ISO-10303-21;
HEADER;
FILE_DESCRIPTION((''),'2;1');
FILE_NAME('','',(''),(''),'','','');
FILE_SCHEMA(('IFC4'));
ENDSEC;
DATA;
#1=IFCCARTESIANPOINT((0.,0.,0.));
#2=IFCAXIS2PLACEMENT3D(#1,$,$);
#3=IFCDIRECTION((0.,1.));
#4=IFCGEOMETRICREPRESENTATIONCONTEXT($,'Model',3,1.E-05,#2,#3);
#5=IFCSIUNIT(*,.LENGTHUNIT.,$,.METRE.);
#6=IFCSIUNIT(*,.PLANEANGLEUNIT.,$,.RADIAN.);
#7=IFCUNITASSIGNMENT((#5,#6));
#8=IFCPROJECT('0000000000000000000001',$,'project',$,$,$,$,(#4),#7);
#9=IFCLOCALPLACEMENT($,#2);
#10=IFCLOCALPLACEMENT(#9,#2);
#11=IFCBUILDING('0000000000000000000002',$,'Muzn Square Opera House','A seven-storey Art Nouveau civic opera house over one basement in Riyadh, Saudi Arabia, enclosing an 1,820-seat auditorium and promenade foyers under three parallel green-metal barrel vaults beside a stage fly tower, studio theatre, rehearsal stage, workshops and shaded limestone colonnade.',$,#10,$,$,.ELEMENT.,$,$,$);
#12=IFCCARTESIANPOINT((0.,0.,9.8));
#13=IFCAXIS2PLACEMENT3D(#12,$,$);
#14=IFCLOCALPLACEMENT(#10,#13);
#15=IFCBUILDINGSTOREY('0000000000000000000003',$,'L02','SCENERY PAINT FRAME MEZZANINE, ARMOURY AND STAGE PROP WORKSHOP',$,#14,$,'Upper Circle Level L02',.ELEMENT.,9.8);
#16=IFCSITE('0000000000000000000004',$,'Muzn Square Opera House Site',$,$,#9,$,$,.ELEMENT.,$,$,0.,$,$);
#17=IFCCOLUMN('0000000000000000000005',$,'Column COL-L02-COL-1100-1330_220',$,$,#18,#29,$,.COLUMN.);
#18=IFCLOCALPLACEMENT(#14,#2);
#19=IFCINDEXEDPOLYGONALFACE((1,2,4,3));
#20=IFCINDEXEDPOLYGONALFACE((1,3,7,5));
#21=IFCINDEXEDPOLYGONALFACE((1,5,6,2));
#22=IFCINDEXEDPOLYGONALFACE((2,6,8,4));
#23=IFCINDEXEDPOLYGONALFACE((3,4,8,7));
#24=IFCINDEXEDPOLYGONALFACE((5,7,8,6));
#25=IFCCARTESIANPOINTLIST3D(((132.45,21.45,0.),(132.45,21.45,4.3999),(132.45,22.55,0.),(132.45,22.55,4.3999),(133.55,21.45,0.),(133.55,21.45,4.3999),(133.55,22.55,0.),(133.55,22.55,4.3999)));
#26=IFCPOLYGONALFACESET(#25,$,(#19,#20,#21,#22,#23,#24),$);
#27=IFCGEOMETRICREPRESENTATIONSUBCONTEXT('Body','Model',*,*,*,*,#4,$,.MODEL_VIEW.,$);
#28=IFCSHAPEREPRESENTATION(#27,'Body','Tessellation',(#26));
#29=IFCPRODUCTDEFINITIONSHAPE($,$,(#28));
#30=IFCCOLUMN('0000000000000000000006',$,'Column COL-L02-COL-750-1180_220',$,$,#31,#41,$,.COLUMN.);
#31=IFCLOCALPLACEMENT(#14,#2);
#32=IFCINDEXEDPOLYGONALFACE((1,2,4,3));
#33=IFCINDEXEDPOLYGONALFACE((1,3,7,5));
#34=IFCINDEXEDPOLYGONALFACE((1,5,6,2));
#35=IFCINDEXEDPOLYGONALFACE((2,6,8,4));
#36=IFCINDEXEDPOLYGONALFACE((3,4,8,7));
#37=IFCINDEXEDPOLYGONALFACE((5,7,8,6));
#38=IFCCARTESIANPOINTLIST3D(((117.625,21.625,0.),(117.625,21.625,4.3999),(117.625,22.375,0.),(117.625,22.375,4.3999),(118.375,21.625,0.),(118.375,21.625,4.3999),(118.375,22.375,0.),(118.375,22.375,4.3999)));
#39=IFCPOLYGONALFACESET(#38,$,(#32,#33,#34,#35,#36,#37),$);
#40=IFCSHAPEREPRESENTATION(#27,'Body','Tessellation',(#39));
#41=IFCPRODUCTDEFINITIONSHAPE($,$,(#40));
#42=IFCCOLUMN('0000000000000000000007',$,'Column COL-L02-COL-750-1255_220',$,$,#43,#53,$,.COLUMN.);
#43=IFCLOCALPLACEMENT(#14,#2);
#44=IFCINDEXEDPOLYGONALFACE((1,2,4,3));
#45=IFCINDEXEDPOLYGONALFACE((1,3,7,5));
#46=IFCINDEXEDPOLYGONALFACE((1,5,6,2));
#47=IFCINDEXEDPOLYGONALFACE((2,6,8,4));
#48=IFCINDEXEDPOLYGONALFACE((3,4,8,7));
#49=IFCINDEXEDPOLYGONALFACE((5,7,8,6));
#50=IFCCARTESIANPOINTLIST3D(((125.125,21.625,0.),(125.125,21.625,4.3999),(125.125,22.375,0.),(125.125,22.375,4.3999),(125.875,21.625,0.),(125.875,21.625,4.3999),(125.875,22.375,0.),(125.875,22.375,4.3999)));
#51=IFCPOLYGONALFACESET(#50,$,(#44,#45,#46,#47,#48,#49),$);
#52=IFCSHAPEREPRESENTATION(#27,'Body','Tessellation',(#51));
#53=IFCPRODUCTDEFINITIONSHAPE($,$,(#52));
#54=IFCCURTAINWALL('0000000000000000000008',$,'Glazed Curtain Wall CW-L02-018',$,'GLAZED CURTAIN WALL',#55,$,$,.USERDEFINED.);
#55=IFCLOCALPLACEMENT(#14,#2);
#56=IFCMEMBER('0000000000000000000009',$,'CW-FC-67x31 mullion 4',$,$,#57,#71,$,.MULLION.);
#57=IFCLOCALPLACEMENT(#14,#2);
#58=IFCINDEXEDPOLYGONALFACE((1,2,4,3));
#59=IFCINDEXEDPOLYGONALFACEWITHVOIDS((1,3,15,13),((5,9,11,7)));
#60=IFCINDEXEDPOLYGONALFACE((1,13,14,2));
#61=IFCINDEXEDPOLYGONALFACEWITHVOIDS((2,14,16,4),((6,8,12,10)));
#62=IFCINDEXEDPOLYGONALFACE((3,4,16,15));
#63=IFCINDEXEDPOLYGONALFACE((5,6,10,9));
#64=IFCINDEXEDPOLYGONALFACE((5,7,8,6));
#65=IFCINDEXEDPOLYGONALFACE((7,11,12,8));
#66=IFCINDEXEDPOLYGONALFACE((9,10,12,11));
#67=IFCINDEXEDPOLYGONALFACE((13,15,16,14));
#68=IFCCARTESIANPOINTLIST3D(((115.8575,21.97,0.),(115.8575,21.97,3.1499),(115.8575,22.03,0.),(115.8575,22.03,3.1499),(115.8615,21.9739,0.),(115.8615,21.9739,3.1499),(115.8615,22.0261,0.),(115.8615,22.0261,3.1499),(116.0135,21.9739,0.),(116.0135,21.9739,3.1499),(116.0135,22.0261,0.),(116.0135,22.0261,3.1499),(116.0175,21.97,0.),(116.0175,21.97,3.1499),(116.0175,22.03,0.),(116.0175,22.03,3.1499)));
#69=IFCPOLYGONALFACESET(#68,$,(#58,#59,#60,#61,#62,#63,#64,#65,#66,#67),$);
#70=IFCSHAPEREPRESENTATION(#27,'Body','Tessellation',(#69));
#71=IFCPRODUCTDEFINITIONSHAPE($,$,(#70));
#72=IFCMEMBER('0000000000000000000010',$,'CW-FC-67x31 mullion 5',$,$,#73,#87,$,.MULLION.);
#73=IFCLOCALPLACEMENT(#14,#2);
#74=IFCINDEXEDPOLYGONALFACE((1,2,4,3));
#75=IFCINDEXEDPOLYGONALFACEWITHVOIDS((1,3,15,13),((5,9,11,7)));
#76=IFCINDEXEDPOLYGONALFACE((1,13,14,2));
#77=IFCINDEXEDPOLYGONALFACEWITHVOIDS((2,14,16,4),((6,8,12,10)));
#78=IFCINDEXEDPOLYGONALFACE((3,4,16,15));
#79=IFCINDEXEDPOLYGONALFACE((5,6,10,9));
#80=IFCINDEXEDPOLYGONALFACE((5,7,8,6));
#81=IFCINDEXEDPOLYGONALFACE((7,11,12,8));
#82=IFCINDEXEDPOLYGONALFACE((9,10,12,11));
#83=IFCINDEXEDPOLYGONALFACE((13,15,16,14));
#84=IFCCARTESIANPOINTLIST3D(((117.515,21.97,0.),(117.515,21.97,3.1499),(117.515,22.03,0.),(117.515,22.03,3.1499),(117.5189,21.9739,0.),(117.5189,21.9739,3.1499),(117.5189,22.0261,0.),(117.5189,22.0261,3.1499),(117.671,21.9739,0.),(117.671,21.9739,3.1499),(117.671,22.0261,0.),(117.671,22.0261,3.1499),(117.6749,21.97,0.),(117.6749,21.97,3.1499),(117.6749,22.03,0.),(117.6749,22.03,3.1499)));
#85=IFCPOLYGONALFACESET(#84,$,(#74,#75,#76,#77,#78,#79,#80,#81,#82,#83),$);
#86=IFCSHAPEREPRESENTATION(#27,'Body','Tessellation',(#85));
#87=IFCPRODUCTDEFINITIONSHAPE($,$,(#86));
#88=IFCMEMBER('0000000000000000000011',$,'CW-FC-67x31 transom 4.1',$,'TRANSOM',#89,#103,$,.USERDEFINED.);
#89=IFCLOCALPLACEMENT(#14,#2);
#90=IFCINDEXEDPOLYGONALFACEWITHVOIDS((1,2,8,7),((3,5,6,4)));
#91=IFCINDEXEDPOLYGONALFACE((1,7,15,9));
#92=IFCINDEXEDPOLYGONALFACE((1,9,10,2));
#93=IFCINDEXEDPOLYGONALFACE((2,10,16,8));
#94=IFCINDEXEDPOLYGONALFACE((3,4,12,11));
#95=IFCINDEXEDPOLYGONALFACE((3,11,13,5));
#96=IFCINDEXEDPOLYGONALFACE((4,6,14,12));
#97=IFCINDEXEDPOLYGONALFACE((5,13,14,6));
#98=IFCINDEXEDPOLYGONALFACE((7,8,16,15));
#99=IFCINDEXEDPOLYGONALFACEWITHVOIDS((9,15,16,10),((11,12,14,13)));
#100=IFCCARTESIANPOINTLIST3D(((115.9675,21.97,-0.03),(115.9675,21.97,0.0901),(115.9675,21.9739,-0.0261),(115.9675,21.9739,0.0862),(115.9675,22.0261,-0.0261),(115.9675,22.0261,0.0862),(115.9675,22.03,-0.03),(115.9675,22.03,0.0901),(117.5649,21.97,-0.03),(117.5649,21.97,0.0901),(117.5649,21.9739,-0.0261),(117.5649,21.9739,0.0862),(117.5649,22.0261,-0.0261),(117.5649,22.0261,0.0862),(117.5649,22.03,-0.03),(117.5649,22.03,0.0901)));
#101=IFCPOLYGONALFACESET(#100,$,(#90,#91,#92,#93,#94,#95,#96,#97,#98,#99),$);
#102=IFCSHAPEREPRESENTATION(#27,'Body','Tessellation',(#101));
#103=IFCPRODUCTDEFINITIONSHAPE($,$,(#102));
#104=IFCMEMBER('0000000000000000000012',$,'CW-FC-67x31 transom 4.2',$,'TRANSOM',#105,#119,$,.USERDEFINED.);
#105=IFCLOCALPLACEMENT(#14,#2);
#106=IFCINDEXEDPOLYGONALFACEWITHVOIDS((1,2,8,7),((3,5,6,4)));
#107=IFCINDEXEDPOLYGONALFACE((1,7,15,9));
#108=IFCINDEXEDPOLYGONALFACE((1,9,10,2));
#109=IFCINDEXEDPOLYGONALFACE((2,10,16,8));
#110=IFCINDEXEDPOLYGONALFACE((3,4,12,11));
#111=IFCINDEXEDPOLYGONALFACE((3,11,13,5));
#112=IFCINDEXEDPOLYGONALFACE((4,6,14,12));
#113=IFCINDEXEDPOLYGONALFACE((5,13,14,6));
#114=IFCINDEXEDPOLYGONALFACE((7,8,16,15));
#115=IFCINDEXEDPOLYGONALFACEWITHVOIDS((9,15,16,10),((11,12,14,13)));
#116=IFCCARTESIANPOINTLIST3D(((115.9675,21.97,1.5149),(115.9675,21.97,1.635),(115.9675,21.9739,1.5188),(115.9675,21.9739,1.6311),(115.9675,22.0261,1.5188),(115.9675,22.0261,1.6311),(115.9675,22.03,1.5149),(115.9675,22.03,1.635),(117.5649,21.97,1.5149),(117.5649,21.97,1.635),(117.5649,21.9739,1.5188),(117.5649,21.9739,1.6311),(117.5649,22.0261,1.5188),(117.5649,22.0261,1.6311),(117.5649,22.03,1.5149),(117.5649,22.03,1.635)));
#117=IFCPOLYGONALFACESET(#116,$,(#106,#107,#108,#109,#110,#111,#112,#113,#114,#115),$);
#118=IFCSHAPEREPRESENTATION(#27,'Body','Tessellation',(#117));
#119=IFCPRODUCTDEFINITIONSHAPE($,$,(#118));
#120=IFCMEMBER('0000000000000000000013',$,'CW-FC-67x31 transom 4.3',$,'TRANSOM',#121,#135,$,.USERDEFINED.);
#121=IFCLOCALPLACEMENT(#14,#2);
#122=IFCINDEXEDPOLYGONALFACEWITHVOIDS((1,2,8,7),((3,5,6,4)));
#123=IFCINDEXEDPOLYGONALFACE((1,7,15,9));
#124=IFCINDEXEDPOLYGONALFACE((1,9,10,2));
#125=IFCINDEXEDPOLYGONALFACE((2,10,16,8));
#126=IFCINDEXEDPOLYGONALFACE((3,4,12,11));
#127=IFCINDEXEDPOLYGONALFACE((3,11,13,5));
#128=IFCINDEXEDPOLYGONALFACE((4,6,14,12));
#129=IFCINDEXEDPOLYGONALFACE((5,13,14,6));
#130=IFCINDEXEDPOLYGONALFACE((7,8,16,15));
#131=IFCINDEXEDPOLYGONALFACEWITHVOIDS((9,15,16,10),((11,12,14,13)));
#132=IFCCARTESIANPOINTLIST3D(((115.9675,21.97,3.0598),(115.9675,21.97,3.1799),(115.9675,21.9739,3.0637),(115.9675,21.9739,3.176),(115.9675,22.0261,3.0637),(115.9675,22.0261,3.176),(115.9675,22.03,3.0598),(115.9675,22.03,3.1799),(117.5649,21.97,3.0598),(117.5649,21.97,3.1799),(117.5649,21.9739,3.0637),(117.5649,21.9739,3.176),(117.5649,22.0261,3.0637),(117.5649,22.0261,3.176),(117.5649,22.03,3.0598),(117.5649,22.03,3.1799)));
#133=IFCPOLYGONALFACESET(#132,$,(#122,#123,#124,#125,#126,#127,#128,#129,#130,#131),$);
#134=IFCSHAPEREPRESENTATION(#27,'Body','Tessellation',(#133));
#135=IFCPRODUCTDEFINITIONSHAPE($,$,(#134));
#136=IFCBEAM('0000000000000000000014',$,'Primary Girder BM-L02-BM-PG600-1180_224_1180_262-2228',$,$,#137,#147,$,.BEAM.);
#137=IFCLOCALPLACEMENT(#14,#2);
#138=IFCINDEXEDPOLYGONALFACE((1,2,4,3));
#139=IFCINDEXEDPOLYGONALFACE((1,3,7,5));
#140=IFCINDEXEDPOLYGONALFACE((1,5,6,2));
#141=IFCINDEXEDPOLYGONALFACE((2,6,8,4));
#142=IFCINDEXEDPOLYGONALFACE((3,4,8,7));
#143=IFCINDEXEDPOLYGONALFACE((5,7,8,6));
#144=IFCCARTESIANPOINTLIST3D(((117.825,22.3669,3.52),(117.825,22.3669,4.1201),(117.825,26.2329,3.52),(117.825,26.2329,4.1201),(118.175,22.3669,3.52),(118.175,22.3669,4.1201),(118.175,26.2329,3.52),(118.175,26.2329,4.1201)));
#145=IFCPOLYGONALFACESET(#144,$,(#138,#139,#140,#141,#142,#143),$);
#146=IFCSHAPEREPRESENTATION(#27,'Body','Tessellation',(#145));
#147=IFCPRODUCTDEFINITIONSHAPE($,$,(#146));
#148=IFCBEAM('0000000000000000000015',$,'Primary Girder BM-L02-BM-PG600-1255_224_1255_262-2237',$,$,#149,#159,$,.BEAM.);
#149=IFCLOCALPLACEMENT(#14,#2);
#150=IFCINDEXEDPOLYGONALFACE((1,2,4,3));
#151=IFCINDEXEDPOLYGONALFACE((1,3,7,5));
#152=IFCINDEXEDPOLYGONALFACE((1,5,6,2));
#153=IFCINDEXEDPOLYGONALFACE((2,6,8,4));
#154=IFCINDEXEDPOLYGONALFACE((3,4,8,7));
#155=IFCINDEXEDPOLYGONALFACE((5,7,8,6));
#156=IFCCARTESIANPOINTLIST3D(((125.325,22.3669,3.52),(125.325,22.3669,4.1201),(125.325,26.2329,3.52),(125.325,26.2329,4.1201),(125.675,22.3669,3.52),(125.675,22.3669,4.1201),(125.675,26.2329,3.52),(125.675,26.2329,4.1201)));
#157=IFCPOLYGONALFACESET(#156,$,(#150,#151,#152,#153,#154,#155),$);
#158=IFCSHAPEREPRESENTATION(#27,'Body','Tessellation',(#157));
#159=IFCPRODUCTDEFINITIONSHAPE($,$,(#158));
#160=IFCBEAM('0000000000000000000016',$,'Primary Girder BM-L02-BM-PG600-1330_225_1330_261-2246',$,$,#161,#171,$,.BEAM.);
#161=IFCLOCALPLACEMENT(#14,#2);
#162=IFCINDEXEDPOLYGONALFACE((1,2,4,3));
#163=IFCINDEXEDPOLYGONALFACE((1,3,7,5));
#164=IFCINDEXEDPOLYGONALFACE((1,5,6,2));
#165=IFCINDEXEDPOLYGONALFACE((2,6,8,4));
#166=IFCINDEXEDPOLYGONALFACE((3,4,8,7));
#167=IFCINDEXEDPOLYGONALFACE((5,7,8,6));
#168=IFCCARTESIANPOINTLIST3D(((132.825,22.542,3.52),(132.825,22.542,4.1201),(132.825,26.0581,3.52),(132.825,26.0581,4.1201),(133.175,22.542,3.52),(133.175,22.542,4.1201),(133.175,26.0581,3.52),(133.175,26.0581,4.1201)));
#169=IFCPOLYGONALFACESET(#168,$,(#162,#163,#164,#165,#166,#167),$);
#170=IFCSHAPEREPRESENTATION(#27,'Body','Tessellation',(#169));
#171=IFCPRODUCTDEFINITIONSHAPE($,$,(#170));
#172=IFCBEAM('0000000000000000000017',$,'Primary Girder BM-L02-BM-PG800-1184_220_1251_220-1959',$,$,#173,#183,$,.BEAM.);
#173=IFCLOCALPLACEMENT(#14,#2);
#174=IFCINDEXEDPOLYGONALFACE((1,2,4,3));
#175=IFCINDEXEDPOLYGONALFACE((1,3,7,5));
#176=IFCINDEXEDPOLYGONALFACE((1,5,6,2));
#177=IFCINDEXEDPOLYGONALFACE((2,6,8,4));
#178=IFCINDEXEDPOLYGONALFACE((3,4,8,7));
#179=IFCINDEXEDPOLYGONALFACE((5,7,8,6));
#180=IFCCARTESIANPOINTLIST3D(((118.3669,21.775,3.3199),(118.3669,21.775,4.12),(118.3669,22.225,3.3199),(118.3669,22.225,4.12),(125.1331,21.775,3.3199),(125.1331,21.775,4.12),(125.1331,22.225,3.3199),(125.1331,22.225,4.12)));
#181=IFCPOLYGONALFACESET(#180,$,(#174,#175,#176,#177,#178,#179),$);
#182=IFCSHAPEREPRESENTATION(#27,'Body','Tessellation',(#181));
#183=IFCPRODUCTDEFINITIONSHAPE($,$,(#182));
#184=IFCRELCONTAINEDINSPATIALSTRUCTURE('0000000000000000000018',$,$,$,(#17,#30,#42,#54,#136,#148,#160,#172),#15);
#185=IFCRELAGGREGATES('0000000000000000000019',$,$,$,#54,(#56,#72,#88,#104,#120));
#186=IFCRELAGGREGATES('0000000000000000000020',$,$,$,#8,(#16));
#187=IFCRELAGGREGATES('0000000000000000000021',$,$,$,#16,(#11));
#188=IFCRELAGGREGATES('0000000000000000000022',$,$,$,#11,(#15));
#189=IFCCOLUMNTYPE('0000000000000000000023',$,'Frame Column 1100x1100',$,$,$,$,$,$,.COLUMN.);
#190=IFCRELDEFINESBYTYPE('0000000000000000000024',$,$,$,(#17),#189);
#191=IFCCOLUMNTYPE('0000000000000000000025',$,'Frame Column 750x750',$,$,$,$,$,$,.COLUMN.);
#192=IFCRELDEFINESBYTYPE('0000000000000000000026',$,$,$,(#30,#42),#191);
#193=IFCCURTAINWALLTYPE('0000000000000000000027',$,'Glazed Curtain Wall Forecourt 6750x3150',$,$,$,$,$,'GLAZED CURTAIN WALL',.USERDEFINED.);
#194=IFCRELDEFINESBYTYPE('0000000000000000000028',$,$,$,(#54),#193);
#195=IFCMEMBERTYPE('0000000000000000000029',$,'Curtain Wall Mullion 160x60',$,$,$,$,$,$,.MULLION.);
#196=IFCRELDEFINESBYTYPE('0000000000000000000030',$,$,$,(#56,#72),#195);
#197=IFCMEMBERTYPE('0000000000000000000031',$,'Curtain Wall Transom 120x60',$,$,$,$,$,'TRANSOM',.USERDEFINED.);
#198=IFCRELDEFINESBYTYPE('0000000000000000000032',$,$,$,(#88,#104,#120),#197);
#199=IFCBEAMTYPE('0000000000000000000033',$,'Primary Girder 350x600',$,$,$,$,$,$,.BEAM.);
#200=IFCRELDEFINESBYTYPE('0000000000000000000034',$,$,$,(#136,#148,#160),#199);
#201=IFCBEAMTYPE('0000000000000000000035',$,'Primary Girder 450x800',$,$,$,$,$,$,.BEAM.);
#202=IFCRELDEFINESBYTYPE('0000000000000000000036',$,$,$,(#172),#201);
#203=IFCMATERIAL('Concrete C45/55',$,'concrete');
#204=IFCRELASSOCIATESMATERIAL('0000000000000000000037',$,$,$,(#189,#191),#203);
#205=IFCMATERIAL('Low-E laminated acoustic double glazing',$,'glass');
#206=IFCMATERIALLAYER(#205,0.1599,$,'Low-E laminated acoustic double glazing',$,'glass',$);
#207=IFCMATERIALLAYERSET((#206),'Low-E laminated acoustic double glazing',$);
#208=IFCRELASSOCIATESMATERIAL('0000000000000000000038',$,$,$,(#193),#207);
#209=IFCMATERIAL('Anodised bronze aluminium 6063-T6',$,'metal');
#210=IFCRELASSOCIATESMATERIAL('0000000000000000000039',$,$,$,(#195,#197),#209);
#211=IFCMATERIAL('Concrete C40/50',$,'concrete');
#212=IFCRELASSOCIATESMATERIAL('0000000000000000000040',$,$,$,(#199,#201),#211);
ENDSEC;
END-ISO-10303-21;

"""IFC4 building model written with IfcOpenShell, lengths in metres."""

from ifc_helpers import new_model, si_unit, direction, frame, origin, origin_2d, place, context, subcontext, project, spatial, rectangle, hollow_rectangle, extrude, material, layer, layer_set, material_profile, profile_set, type_object, element, aggregate, save


model = new_model("IFC4")

# Units and contexts
model_context = context("Model", 3, precision=1e-05, world=origin(), true_north=direction((0.0, 1.0)))
body_context = subcontext(model_context, "Body", "Model", "MODEL_VIEW")
ifc_project = project(units=[si_unit("LENGTHUNIT", "METRE"), si_unit("PLANEANGLEUNIT", "RADIAN")], contexts=[model_context])

# Site, building, storey
site_placement = place(None, origin())
site = spatial("IfcSite", under=ifc_project, at=site_placement, Name="Muzn Square Opera House Site", CompositionType="ELEMENT", RefElevation=0.0)
building_placement = place(site_placement, origin())
building = spatial("IfcBuilding", under=site, at=building_placement, Name="Muzn Square Opera House", Description="A seven-storey Art Nouveau civic opera house over one basement in Riyadh, Saudi Arabia, enclosing an 1,820-seat auditorium and promenade foyers under three parallel green-metal barrel vaults beside a stage fly tower, studio theatre, rehearsal stage, workshops and shaded limestone colonnade.", CompositionType="ELEMENT")
storey_placement = place(building_placement, frame((0.0, 0.0, 9.8)))
storey = spatial("IfcBuildingStorey", under=building, at=storey_placement, Name="L02", Description="SCENERY PAINT FRAME MEZZANINE, ARMOURY AND STAGE PROP WORKSHOP", LongName="Upper Circle Level L02", CompositionType="ELEMENT", Elevation=9.8)

# Columns
ifc_material_1 = material(Name="Concrete C45/55", Category="concrete")
ifc_material_profile_1 = material_profile(ifc_material_1, rectangle(XDim=1.1001, YDim=1.1001, at=origin_2d()), Name="RC 1100x1100", Category="concrete")
ifc_profile_set_1 = profile_set([ifc_material_profile_1], Name="Concrete C45/55")
column_type_1 = type_object("IfcColumnType", Name="Frame Column 1100x1100", PredefinedType="COLUMN", material=ifc_profile_set_1)
column_placement = place(storey_placement, frame((133.0, 22.0, 0.0), z_axis=(0.0, 0.0, 1.0), x_axis=(1.0, 0.0, 0.0)))
element("IfcColumn", 1, at=column_placement, inside=storey, type_object=column_type_1, Name="Column COL-L02-COL-1100-1330_220", PredefinedType="COLUMN", context=body_context, shape_type="SweptSolid", body=[
    extrude(rectangle(XDim=1.1001, YDim=1.1001, at=origin_2d()), origin(), (0.0, 0.0, 1.0), 4.3999),
])
ifc_material_profile_2 = material_profile(ifc_material_1, rectangle(XDim=0.75, YDim=0.75, at=origin_2d()), Name="RC 750x750", Category="concrete")
ifc_profile_set_2 = profile_set([ifc_material_profile_2], Name="Concrete C45/55")
column_type_2 = type_object("IfcColumnType", Name="Frame Column 750x750", PredefinedType="COLUMN", material=ifc_profile_set_2)
for number, where, z_axis, x_axis, name in (
    (2, (118.0, 22.0, 0.0), (0.0, 0.0, 1.0), (1.0, 0.0, 0.0), "Column COL-L02-COL-750-1180_220"),
    (3, (125.5, 22.0, 0.0), (0.0, 0.0, 1.0), (1.0, 0.0, 0.0), "Column COL-L02-COL-750-1255_220"),
):
    element("IfcColumn", number, at=place(storey_placement, frame(where, z_axis=z_axis, x_axis=x_axis)), inside=storey, type_object=column_type_2, Name=name, PredefinedType="COLUMN", context=body_context, shape_type="SweptSolid", body=[
        extrude(rectangle(XDim=0.75, YDim=0.75, at=origin_2d()), origin(), (0.0, 0.0, 1.0), 4.3999),
    ])

# Curtain wall, members
ifc_material_2 = material(Name="Low-E laminated acoustic double glazing", Category="glass")
ifc_layer_1 = layer(ifc_material_2, 0.1599, Name="Low-E laminated acoustic double glazing", Category="glass")
ifc_layer_set_1 = layer_set([ifc_layer_1], Name="Low-E laminated acoustic double glazing")
curtain_wall_type = type_object("IfcCurtainWallType", Name="Glazed Curtain Wall Forecourt 6750x3150", ElementType="GLAZED CURTAIN WALL", PredefinedType="USERDEFINED", material=ifc_layer_set_1)
curtain_wall_placement = place(storey_placement, origin())
curtain_wall = element("IfcCurtainWall", 4, at=curtain_wall_placement, inside=storey, type_object=curtain_wall_type, Name="Glazed Curtain Wall CW-L02-018", ObjectType="GLAZED CURTAIN WALL", PredefinedType="USERDEFINED")
ifc_material_3 = material(Name="Anodised bronze aluminium 6063-T6", Category="metal")
ifc_material_profile_3 = material_profile(ifc_material_3, hollow_rectangle(XDim=0.0601, YDim=0.1599, WallThickness=0.0039, at=origin_2d()), Name="ALU 160x60x4", Category="metal")
ifc_profile_set_3 = profile_set([ifc_material_profile_3], Name="Anodised bronze aluminium 6063-T6")
member_type_1 = type_object("IfcMemberType", Name="Curtain Wall Mullion 160x60", PredefinedType="MULLION", material=ifc_profile_set_3)
member_1_placement = place(storey_placement, frame((115.9375, 22.0, 0.0), z_axis=(0.0, 0.0, 1.0), x_axis=(0.0, 1.0, 0.0)))
member_1 = element("IfcMember", 5, at=member_1_placement, type_object=member_type_1, Name="CW-FC-67x31 mullion 4", PredefinedType="MULLION", context=body_context, shape_type="SweptSolid", body=[
    extrude(hollow_rectangle(XDim=0.0601, YDim=0.1599, WallThickness=0.0039, at=origin_2d()), origin(), (0.0, 0.0, 1.0), 3.1499),
])
member_2_placement = place(storey_placement, frame((117.595, 22.0, 0.0), z_axis=(0.0, 0.0, 1.0), x_axis=(0.0, 1.0, 0.0)))
member_2 = element("IfcMember", 6, at=member_2_placement, type_object=member_type_1, Name="CW-FC-67x31 mullion 5", PredefinedType="MULLION", context=body_context, shape_type="SweptSolid", body=[
    extrude(hollow_rectangle(XDim=0.0601, YDim=0.1599, WallThickness=0.0039, at=origin_2d()), origin(), (0.0, 0.0, 1.0), 3.1499),
])
ifc_material_profile_4 = material_profile(ifc_material_3, hollow_rectangle(XDim=0.0601, YDim=0.1201, WallThickness=0.0039, at=origin_2d()), Name="ALU 120x60x4", Category="metal")
ifc_profile_set_4 = profile_set([ifc_material_profile_4], Name="Anodised bronze aluminium 6063-T6")
member_type_2 = type_object("IfcMemberType", Name="Curtain Wall Transom 120x60", ElementType="TRANSOM", PredefinedType="USERDEFINED", material=ifc_profile_set_4)
member_3_placement = place(storey_placement, frame((115.9675, 22.0, 0.03), z_axis=(1.0, 0.0, 0.0), x_axis=(0.0, 1.0, 0.0)))
member_3 = element("IfcMember", 7, at=member_3_placement, type_object=member_type_2, Name="CW-FC-67x31 transom 4.1", ObjectType="TRANSOM", PredefinedType="USERDEFINED", context=body_context, shape_type="SweptSolid", body=[
    extrude(hollow_rectangle(XDim=0.0601, YDim=0.1201, WallThickness=0.0039, at=origin_2d()), origin(), (0.0, 0.0, 1.0), 1.5974),
])
member_4_placement = place(storey_placement, frame((115.9675, 22.0, 1.575), z_axis=(1.0, 0.0, 0.0), x_axis=(0.0, 1.0, 0.0)))
member_4 = element("IfcMember", 8, at=member_4_placement, type_object=member_type_2, Name="CW-FC-67x31 transom 4.2", ObjectType="TRANSOM", PredefinedType="USERDEFINED", context=body_context, shape_type="SweptSolid", body=[
    extrude(hollow_rectangle(XDim=0.0601, YDim=0.1201, WallThickness=0.0039, at=origin_2d()), origin(), (0.0, 0.0, 1.0), 1.5974),
])
member_5_placement = place(storey_placement, frame((115.9675, 22.0, 3.1199), z_axis=(1.0, 0.0, 0.0), x_axis=(0.0, 1.0, 0.0)))
member_5 = element("IfcMember", 9, at=member_5_placement, type_object=member_type_2, Name="CW-FC-67x31 transom 4.3", ObjectType="TRANSOM", PredefinedType="USERDEFINED", context=body_context, shape_type="SweptSolid", body=[
    extrude(hollow_rectangle(XDim=0.0601, YDim=0.1201, WallThickness=0.0039, at=origin_2d()), origin(), (0.0, 0.0, 1.0), 1.5974),
])

# Beams
ifc_material_4 = material(Name="Concrete C40/50", Category="concrete")
ifc_material_profile_5 = material_profile(ifc_material_4, rectangle(XDim=0.3501, YDim=0.6001, at=origin_2d()), Name="RCB 350x600", Category="concrete")
ifc_profile_set_5 = profile_set([ifc_material_profile_5], Name="Concrete C40/50")
beam_type_1 = type_object("IfcBeamType", Name="Primary Girder 350x600", PredefinedType="BEAM", material=ifc_profile_set_5)
for number, where, z_axis, x_axis, name in (
    (10, (118.0, 22.3669, 3.8201), (0.0, 1.0, 0.0), (-1.0, 0.0, 0.0), "Primary Girder BM-L02-BM-PG600-1180_224_1180_262-2228"),
    (11, (125.5, 22.3669, 3.8201), (0.0, 1.0, 0.0), (-1.0, 0.0, 0.0), "Primary Girder BM-L02-BM-PG600-1255_224_1255_262-2237"),
):
    element("IfcBeam", number, at=place(storey_placement, frame(where, z_axis=z_axis, x_axis=x_axis)), inside=storey, type_object=beam_type_1, Name=name, PredefinedType="BEAM", context=body_context, shape_type="SweptSolid", body=[
        extrude(rectangle(XDim=0.3501, YDim=0.6001, at=origin_2d()), origin(), (0.0, 0.0, 1.0), 3.866),
    ])
beam_1_placement = place(storey_placement, frame((133.0, 22.542, 3.8201), z_axis=(0.0, 1.0, 0.0), x_axis=(-1.0, 0.0, 0.0)))
element("IfcBeam", 12, at=beam_1_placement, inside=storey, type_object=beam_type_1, Name="Primary Girder BM-L02-BM-PG600-1330_225_1330_261-2246", PredefinedType="BEAM", context=body_context, shape_type="SweptSolid", body=[
    extrude(rectangle(XDim=0.3501, YDim=0.6001, at=origin_2d()), origin(), (0.0, 0.0, 1.0), 3.5161),
])
ifc_material_profile_6 = material_profile(ifc_material_4, rectangle(XDim=0.45, YDim=0.8, at=origin_2d()), Name="RCB 450x800", Category="concrete")
ifc_profile_set_6 = profile_set([ifc_material_profile_6], Name="Concrete C40/50")
beam_type_2 = type_object("IfcBeamType", Name="Primary Girder 450x800", PredefinedType="BEAM", material=ifc_profile_set_6)
beam_2_placement = place(storey_placement, frame((118.3669, 22.0, 3.72), z_axis=(1.0, 0.0, 0.0), x_axis=(0.0, 1.0, 0.0)))
element("IfcBeam", 13, at=beam_2_placement, inside=storey, type_object=beam_type_2, Name="Primary Girder BM-L02-BM-PG800-1184_220_1251_220-1959", PredefinedType="BEAM", context=body_context, shape_type="SweptSolid", body=[
    extrude(rectangle(XDim=0.45, YDim=0.8, at=origin_2d()), origin(), (0.0, 0.0, 1.0), 6.7661),
])

aggregate(curtain_wall, [member_1, member_2, member_3, member_4, member_5])

save(model, "model.ifc")
